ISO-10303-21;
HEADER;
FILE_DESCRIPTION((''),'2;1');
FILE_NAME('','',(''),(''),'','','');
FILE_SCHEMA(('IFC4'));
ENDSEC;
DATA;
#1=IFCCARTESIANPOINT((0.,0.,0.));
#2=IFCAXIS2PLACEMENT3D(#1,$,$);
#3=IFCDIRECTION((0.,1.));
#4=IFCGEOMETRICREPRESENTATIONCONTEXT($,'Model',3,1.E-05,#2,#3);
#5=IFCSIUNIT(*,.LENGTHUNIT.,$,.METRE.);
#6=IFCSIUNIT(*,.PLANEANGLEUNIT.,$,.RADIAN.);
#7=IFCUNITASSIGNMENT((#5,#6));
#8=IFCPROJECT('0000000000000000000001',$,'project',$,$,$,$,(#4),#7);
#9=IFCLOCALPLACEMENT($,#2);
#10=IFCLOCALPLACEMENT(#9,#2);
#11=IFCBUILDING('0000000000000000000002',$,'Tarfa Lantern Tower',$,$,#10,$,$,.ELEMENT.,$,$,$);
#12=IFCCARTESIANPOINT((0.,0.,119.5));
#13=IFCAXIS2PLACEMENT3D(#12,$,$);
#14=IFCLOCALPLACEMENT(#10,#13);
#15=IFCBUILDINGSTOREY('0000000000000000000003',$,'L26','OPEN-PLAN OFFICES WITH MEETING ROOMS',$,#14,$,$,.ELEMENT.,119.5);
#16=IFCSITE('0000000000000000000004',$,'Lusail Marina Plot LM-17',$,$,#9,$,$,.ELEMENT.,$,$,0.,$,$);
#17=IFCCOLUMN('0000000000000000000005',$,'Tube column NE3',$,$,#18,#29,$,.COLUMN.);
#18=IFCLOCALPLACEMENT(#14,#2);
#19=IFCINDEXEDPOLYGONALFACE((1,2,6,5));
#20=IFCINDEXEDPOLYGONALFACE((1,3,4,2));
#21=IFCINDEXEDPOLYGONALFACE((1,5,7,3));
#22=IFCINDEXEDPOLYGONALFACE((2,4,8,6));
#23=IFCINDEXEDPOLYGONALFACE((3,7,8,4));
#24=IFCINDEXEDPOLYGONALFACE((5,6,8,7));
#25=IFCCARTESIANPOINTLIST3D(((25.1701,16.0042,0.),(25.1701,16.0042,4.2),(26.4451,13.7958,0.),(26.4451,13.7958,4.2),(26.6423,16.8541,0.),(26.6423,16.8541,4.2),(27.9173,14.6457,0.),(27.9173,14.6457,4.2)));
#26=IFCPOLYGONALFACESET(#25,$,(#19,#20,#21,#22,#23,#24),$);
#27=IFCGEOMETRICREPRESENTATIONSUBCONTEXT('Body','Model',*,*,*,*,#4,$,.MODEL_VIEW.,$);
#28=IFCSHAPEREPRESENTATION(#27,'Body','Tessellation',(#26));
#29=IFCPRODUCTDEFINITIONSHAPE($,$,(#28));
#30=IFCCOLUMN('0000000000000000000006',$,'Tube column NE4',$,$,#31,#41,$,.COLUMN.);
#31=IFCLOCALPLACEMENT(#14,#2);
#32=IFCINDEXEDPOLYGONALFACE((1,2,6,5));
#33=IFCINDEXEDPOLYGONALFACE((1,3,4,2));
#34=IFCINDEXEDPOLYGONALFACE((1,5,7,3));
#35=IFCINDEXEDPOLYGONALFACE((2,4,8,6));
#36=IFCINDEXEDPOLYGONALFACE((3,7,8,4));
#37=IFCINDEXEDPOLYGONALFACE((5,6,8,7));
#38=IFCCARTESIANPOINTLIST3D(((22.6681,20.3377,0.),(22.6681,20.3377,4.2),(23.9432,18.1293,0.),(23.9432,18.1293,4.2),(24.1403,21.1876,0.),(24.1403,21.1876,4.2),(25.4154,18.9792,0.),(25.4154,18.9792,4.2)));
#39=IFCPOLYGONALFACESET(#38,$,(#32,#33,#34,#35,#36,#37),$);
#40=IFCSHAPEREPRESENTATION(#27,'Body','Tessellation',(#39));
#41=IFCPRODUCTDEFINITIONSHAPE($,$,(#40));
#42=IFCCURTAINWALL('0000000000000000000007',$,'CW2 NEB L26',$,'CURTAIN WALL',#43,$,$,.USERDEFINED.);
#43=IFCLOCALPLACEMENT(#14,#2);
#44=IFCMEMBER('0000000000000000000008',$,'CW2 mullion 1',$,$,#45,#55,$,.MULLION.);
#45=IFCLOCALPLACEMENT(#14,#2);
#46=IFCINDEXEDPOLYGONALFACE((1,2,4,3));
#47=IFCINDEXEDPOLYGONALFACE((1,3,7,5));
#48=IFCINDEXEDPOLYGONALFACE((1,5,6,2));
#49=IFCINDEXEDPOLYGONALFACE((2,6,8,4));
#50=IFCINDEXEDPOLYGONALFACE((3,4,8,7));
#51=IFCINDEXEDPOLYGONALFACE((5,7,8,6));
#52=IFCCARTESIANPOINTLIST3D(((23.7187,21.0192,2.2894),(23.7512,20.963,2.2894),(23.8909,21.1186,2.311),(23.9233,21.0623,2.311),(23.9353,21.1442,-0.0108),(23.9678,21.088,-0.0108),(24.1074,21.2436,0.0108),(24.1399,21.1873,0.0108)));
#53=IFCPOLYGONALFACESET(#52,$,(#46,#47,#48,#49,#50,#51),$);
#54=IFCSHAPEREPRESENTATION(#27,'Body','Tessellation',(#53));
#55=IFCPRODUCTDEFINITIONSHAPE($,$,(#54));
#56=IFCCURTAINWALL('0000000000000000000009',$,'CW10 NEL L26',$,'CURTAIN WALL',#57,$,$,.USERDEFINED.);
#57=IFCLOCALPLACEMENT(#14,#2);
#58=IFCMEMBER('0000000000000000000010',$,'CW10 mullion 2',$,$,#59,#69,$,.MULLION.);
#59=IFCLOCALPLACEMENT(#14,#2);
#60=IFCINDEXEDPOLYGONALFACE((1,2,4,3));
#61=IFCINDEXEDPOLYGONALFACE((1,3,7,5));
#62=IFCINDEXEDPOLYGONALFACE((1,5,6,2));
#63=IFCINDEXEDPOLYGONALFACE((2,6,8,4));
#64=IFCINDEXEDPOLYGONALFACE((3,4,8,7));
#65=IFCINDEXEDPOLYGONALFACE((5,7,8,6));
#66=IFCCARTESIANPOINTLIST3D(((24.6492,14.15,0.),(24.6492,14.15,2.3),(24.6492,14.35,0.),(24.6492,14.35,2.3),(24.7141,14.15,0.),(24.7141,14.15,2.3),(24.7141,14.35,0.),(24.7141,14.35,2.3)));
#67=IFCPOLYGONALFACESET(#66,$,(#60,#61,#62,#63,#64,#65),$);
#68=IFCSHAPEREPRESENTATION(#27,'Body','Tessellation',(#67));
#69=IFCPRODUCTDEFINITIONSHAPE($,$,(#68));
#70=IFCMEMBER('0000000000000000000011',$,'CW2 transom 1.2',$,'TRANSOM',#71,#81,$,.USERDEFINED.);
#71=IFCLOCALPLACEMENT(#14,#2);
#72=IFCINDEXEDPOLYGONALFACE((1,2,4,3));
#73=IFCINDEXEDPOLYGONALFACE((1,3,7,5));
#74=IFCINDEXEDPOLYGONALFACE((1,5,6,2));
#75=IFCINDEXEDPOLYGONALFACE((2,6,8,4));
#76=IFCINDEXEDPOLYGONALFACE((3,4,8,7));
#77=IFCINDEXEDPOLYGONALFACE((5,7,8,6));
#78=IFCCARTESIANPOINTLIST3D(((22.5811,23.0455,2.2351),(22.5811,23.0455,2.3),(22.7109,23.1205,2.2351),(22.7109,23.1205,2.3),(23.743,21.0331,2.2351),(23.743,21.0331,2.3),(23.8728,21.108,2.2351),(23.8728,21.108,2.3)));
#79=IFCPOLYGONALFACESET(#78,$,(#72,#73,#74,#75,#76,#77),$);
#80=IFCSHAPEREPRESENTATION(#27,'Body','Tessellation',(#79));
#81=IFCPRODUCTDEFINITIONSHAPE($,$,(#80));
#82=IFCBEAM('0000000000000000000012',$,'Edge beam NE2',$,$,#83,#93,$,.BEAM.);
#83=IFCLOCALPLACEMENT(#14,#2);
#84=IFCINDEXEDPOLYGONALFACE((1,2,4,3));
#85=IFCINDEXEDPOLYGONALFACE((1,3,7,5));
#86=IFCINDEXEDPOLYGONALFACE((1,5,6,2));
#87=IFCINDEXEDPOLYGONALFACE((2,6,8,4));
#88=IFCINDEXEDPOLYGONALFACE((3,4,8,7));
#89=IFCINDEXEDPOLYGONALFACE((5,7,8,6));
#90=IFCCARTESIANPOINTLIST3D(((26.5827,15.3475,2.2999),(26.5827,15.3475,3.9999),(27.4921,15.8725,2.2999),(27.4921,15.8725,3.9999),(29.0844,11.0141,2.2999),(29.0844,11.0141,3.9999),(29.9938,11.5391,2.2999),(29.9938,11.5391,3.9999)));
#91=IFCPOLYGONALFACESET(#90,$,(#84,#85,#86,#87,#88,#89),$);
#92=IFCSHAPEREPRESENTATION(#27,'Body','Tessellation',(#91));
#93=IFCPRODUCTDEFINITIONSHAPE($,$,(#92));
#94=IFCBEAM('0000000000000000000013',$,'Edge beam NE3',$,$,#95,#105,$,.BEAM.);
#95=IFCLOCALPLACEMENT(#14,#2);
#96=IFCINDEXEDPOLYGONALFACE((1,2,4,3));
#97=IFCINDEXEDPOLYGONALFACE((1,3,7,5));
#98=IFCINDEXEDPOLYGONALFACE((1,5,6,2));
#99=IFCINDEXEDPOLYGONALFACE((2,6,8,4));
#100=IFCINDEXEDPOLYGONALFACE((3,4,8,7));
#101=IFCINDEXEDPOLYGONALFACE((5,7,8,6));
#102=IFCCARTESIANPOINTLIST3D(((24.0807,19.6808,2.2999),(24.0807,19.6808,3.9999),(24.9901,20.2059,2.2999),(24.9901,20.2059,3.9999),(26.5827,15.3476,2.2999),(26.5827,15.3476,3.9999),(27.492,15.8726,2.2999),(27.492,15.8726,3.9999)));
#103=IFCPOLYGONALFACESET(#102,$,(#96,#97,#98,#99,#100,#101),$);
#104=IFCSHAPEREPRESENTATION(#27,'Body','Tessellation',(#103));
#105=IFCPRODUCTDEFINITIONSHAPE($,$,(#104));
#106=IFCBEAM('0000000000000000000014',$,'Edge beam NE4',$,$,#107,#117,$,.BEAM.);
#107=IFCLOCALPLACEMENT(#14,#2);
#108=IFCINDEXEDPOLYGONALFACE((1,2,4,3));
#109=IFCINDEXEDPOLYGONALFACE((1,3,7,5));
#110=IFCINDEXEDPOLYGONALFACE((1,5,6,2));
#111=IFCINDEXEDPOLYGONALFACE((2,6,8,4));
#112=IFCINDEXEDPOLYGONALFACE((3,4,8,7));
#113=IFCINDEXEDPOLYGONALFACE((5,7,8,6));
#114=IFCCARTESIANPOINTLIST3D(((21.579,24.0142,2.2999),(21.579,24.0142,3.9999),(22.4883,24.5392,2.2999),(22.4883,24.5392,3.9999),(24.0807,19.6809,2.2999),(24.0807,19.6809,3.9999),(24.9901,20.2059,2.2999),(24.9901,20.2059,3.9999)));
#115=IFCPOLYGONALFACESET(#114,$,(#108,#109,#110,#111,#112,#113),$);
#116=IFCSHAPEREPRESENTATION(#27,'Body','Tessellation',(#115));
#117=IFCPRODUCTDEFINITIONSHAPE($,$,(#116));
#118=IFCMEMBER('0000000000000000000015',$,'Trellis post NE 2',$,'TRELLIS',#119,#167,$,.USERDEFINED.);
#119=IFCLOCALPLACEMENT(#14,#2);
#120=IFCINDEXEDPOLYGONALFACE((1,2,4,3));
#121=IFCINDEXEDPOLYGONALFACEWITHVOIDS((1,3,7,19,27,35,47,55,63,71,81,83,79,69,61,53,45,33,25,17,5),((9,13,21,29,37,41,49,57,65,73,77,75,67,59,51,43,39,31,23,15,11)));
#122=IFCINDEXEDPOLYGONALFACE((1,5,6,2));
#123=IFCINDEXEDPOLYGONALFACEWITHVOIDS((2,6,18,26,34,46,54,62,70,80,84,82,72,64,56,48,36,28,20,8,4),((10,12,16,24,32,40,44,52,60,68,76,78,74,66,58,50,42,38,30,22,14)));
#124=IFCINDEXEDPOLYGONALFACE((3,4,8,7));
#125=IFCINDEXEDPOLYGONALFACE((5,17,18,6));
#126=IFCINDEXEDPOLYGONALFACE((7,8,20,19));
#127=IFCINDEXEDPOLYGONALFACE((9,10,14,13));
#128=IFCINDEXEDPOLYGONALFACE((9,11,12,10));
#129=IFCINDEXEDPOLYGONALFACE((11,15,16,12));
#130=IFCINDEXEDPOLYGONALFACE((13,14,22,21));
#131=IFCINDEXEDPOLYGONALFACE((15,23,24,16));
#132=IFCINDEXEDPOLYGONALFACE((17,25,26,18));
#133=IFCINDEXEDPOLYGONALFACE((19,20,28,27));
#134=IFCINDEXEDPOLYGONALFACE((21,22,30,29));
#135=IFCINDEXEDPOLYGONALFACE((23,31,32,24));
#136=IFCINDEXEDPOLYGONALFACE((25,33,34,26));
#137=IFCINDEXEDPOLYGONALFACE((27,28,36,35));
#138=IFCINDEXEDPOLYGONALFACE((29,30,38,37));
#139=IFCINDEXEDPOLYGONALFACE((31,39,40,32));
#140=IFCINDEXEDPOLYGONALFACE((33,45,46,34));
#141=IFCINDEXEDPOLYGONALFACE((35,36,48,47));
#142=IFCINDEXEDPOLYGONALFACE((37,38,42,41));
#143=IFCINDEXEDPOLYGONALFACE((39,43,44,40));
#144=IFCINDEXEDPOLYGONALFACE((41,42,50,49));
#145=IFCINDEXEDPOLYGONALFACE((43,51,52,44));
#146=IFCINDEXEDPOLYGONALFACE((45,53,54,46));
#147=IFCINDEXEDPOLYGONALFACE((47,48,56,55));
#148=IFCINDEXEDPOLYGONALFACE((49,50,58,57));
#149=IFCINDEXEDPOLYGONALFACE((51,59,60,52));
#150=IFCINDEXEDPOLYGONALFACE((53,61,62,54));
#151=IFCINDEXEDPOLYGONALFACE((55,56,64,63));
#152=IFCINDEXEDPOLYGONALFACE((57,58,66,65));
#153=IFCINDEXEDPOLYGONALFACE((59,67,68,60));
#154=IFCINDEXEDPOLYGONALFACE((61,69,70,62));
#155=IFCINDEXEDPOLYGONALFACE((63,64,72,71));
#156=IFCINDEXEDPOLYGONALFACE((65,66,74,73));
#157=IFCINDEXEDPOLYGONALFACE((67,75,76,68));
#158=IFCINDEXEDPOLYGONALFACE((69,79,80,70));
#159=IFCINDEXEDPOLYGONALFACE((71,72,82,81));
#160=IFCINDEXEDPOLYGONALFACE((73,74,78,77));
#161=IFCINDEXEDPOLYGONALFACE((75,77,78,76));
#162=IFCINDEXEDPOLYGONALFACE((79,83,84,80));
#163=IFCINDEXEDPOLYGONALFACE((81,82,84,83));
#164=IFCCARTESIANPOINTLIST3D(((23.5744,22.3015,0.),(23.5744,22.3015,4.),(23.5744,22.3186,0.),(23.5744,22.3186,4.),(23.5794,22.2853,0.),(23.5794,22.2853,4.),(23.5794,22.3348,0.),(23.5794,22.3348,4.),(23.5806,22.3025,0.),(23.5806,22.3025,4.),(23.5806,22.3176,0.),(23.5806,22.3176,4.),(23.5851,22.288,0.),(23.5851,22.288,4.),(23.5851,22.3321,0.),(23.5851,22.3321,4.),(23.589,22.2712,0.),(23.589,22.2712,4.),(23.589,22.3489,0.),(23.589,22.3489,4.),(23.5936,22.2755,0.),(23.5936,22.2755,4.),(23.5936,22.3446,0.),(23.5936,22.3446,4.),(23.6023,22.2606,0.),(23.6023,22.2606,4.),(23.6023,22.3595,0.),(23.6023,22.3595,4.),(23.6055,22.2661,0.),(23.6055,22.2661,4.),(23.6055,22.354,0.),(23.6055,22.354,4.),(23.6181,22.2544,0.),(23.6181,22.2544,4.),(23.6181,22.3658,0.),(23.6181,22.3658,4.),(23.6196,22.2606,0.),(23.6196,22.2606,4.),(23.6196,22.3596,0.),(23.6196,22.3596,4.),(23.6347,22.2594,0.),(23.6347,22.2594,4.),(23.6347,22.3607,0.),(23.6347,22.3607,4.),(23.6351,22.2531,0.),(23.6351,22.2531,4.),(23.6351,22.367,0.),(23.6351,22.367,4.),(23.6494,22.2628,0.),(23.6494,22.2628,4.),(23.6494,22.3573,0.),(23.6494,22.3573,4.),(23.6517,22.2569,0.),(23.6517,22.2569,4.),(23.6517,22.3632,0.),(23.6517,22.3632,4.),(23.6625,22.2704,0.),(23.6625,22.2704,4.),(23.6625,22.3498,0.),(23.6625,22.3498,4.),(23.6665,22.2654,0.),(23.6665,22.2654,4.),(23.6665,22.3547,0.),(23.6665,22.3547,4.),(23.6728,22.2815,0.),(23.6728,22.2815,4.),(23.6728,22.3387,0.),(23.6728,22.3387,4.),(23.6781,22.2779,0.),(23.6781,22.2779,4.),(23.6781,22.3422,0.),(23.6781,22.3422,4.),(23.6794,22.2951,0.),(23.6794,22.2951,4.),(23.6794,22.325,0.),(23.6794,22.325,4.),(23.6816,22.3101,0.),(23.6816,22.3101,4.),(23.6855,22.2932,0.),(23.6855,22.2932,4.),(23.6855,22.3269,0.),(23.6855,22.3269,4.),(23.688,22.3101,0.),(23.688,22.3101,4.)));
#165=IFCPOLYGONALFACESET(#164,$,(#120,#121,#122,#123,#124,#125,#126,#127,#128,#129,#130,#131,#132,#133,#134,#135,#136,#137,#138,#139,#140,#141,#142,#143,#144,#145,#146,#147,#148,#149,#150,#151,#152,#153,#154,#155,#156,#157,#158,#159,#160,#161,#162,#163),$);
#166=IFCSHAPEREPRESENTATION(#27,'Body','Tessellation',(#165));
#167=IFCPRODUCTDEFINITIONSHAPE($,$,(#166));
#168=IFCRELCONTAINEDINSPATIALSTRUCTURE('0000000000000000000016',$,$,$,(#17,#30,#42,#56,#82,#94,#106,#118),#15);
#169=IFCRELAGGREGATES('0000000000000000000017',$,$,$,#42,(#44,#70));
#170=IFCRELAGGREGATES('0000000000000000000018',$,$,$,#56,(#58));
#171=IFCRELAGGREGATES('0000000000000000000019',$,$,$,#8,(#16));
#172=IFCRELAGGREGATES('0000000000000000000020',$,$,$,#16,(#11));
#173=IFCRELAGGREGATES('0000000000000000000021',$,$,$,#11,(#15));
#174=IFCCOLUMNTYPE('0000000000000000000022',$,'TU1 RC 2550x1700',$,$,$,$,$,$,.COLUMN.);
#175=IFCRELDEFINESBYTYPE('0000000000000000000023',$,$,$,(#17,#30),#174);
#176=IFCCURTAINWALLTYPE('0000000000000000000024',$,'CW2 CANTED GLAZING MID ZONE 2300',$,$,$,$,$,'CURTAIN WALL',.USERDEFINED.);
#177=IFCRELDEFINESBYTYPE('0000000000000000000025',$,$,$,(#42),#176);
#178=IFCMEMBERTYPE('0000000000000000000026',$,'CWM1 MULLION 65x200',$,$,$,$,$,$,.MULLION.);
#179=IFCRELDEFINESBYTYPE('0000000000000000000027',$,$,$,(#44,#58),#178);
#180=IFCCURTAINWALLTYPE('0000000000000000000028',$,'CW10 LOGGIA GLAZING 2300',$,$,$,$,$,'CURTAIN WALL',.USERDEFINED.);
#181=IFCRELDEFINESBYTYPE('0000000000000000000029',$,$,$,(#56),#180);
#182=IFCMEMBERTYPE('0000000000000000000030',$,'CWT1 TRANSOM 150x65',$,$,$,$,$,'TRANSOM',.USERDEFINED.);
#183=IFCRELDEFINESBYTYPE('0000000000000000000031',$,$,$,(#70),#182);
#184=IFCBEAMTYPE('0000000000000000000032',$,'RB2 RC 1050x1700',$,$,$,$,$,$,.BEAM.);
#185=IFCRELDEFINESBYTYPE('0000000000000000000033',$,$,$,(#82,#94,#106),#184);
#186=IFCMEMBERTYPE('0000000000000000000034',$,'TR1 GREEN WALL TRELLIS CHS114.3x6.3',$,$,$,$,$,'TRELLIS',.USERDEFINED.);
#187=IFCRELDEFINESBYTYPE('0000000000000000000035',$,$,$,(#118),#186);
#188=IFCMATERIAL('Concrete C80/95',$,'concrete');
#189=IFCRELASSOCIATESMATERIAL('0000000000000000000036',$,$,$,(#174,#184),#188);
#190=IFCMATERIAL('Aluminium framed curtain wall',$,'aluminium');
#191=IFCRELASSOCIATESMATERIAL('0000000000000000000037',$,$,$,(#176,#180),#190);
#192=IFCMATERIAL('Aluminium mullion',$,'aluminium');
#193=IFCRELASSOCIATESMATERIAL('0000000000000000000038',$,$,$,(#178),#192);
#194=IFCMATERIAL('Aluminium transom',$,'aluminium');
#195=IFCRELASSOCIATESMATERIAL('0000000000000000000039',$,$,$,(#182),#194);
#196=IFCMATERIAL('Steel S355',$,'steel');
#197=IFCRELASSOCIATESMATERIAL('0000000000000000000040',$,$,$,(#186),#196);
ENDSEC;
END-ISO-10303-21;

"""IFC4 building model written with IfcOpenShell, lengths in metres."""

from ifc_helpers import new_model, si_unit, direction, frame, origin, origin_2d, place, context, subcontext, project, spatial, rectangle, hollow_circle, extrude, material, material_profile, profile_set, type_object, element, aggregate, save


model = new_model("IFC4")

# Units and contexts
model_context = context("Model", 3, precision=1e-05, world=origin(), true_north=direction((0.0, 1.0)))
body_context = subcontext(model_context, "Body", "Model", "MODEL_VIEW")
ifc_project = project(units=[si_unit("LENGTHUNIT", "METRE"), si_unit("PLANEANGLEUNIT", "RADIAN")], contexts=[model_context])

# Site, building, storey
site_placement = place(None, origin())
site = spatial("IfcSite", under=ifc_project, at=site_placement, Name="Lusail Marina Plot LM-17", CompositionType="ELEMENT", RefElevation=0.0)
building_placement = place(site_placement, origin())
building = spatial("IfcBuilding", under=site, at=building_placement, Name="Tarfa Lantern Tower", CompositionType="ELEMENT")
storey_placement = place(building_placement, frame((0.0, 0.0, 119.5)))
storey = spatial("IfcBuildingStorey", under=building, at=storey_placement, Name="L26", Description="OPEN-PLAN OFFICES WITH MEETING ROOMS", CompositionType="ELEMENT", Elevation=119.5)

# Columns
ifc_material_1 = material(Name="Concrete C80/95", Category="concrete")
ifc_material_profile_1 = material_profile(ifc_material_1, rectangle(XDim=2.55, YDim=1.7, at=origin_2d()), Name="RC 2550x1700")
ifc_profile_set_1 = profile_set([ifc_material_profile_1], Name="Concrete C80/95")
column_type = type_object("IfcColumnType", Name="TU1 RC 2550x1700", PredefinedType="COLUMN", material=ifc_profile_set_1)
for number, where, z_axis, x_axis, name in (
    (1, (26.5437, 15.325, 0.0), (0.0, 0.0, 1.0), (-0.5, 0.866025, 0.0), "Tube column NE3"),
    (2, (24.0417, 19.6584, 0.0), (0.0, 0.0, 1.0), (-0.5, 0.866025, 0.0), "Tube column NE4"),
):
    element("IfcColumn", number, at=place(storey_placement, frame(where, z_axis=z_axis, x_axis=x_axis)), inside=storey, type_object=column_type, Name=name, PredefinedType="COLUMN", context=body_context, shape_type="SweptSolid", body=[
        extrude(rectangle(XDim=2.55, YDim=1.7, at=origin_2d()), origin(), (0.0, 0.0, 1.0), 4.2),
    ])

# Curtain walls, members
ifc_material_2 = material(Name="Aluminium framed curtain wall", Category="aluminium")
curtain_wall_type_1 = type_object("IfcCurtainWallType", Name="CW2 CANTED GLAZING MID ZONE 2300", ElementType="CURTAIN WALL", PredefinedType="USERDEFINED", material=ifc_material_2)
curtain_wall_1_placement = place(storey_placement, origin())
curtain_wall_1 = element("IfcCurtainWall", 3, at=curtain_wall_1_placement, inside=storey, type_object=curtain_wall_type_1, Name="CW2 NEB L26", ObjectType="CURTAIN WALL", PredefinedType="USERDEFINED")
ifc_material_3 = material(Name="Aluminium mullion", Category="aluminium")
ifc_material_profile_2 = material_profile(ifc_material_3, rectangle(XDim=0.0649, YDim=0.2, at=origin_2d()), Name="AL MULLION 65x200")
ifc_profile_set_2 = profile_set([ifc_material_profile_2], Name="Aluminium mullion")
member_type_1 = type_object("IfcMemberType", Name="CWM1 MULLION 65x200", PredefinedType="MULLION", material=ifc_profile_set_2)
member_1_placement = place(storey_placement, frame((24.0376, 21.1658, 0.0), z_axis=(-0.0936, -0.054028, 0.994143), x_axis=(0.49992, -0.866072, 0.0)))
member_1 = element("IfcMember", 4, at=member_1_placement, type_object=member_type_1, Name="CW2 mullion 1", PredefinedType="MULLION", context=body_context, shape_type="SweptSolid", body=[
    extrude(rectangle(XDim=0.0649, YDim=0.2, at=origin_2d()), origin(), (0.0, 0.0, 1.0), 2.3137),
])
curtain_wall_type_2 = type_object("IfcCurtainWallType", Name="CW10 LOGGIA GLAZING 2300", ElementType="CURTAIN WALL", PredefinedType="USERDEFINED", material=ifc_material_2)
curtain_wall_2_placement = place(storey_placement, origin())
curtain_wall_2 = element("IfcCurtainWall", 5, at=curtain_wall_2_placement, inside=storey, type_object=curtain_wall_type_2, Name="CW10 NEL L26", ObjectType="CURTAIN WALL", PredefinedType="USERDEFINED")
member_2_placement = place(storey_placement, frame((24.6816, 14.25, 0.0), z_axis=(0.0, 0.0, 1.0), x_axis=(1.0, 0.0, 0.0)))
member_2 = element("IfcMember", 6, at=member_2_placement, type_object=member_type_1, Name="CW10 mullion 2", PredefinedType="MULLION", context=body_context, shape_type="SweptSolid", body=[
    extrude(rectangle(XDim=0.0649, YDim=0.2, at=origin_2d()), origin(), (0.0, 0.0, 1.0), 2.3),
])

# Member
ifc_material_4 = material(Name="Aluminium transom", Category="aluminium")
ifc_material_profile_3 = material_profile(ifc_material_4, rectangle(XDim=0.1499, YDim=0.0649, at=origin_2d()), Name="AL TRANSOM 150x65")
ifc_profile_set_3 = profile_set([ifc_material_profile_3], Name="Aluminium transom")
member_type_2 = type_object("IfcMemberType", Name="CWT1 TRANSOM 150x65", ElementType="TRANSOM", PredefinedType="USERDEFINED", material=ifc_profile_set_3)
member_3_placement = place(storey_placement, frame((23.8079, 21.0706, 2.2676), z_axis=(-0.499992, 0.86603, 0.0), x_axis=(-0.86603, -0.499992, 0.0)))
member_3 = element("IfcMember", 7, at=member_3_placement, type_object=member_type_2, Name="CW2 transom 1.2", ObjectType="TRANSOM", PredefinedType="USERDEFINED", context=body_context, shape_type="SweptSolid", body=[
    extrude(rectangle(XDim=0.1499, YDim=0.0649, at=origin_2d()), origin(), (0.0, 0.0, 1.0), 2.3237),
])

# Beams
ifc_material_profile_4 = material_profile(ifc_material_1, rectangle(XDim=1.05, YDim=1.7, at=origin_2d()), Name="RC 1050x1700")
ifc_profile_set_4 = profile_set([ifc_material_profile_4], Name="Concrete C80/95")
beam_type_1 = type_object("IfcBeamType", Name="RB2 RC 1050x1700", PredefinedType="BEAM", material=ifc_profile_set_4)
for number, where, z_axis, x_axis, name in (
    (8, (29.5391, 11.2766, 3.1499), (-0.499965, 0.866046, 0.0), (-0.866046, -0.499965, 0.0), "Edge beam NE2"),
    (9, (27.0374, 15.6101, 3.1499), (-0.500022, 0.866013, 0.0), (-0.866013, -0.500022, 0.0), "Edge beam NE3"),
    (10, (24.5354, 19.9434, 3.1499), (-0.499986, 0.866034, 0.0), (-0.866034, -0.499986, 0.0), "Edge beam NE4"),
):
    element("IfcBeam", number, at=place(storey_placement, frame(where, z_axis=z_axis, x_axis=x_axis)), inside=storey, type_object=beam_type_1, Name=name, PredefinedType="BEAM", context=body_context, shape_type="SweptSolid", body=[
        extrude(rectangle(XDim=1.05, YDim=1.7, at=origin_2d()), origin(), (0.0, 0.0, 1.0), 5.0037),
    ])

# Member
ifc_material_5 = material(Name="Steel S355", Category="steel")
ifc_material_profile_5 = material_profile(ifc_material_5, hollow_circle(Radius=0.0571, WallThickness=0.0063, at=origin_2d()), Name="CHS114.3x6.3")
ifc_profile_set_5 = profile_set([ifc_material_profile_5], Name="Steel S355")
member_type_3 = type_object("IfcMemberType", Name="TR1 GREEN WALL TRELLIS CHS114.3x6.3", ElementType="TRELLIS", PredefinedType="USERDEFINED", material=ifc_profile_set_5)
member_4_placement = place(storey_placement, frame((23.6309, 22.3101, 0.0), z_axis=(0.0, 0.0, 1.0), x_axis=(1.0, 0.0, 0.0)))
element("IfcMember", 11, at=member_4_placement, inside=storey, type_object=member_type_3, Name="Trellis post NE 2", ObjectType="TRELLIS", PredefinedType="USERDEFINED", context=body_context, shape_type="SweptSolid", body=[
    extrude(hollow_circle(Radius=0.0571, WallThickness=0.0063, at=origin_2d()), origin(), (0.0, 0.0, 1.0), 4.0),
])

aggregate(curtain_wall_1, [member_1, member_3])
aggregate(curtain_wall_2, [member_2])

save(model, "model.ifc")
